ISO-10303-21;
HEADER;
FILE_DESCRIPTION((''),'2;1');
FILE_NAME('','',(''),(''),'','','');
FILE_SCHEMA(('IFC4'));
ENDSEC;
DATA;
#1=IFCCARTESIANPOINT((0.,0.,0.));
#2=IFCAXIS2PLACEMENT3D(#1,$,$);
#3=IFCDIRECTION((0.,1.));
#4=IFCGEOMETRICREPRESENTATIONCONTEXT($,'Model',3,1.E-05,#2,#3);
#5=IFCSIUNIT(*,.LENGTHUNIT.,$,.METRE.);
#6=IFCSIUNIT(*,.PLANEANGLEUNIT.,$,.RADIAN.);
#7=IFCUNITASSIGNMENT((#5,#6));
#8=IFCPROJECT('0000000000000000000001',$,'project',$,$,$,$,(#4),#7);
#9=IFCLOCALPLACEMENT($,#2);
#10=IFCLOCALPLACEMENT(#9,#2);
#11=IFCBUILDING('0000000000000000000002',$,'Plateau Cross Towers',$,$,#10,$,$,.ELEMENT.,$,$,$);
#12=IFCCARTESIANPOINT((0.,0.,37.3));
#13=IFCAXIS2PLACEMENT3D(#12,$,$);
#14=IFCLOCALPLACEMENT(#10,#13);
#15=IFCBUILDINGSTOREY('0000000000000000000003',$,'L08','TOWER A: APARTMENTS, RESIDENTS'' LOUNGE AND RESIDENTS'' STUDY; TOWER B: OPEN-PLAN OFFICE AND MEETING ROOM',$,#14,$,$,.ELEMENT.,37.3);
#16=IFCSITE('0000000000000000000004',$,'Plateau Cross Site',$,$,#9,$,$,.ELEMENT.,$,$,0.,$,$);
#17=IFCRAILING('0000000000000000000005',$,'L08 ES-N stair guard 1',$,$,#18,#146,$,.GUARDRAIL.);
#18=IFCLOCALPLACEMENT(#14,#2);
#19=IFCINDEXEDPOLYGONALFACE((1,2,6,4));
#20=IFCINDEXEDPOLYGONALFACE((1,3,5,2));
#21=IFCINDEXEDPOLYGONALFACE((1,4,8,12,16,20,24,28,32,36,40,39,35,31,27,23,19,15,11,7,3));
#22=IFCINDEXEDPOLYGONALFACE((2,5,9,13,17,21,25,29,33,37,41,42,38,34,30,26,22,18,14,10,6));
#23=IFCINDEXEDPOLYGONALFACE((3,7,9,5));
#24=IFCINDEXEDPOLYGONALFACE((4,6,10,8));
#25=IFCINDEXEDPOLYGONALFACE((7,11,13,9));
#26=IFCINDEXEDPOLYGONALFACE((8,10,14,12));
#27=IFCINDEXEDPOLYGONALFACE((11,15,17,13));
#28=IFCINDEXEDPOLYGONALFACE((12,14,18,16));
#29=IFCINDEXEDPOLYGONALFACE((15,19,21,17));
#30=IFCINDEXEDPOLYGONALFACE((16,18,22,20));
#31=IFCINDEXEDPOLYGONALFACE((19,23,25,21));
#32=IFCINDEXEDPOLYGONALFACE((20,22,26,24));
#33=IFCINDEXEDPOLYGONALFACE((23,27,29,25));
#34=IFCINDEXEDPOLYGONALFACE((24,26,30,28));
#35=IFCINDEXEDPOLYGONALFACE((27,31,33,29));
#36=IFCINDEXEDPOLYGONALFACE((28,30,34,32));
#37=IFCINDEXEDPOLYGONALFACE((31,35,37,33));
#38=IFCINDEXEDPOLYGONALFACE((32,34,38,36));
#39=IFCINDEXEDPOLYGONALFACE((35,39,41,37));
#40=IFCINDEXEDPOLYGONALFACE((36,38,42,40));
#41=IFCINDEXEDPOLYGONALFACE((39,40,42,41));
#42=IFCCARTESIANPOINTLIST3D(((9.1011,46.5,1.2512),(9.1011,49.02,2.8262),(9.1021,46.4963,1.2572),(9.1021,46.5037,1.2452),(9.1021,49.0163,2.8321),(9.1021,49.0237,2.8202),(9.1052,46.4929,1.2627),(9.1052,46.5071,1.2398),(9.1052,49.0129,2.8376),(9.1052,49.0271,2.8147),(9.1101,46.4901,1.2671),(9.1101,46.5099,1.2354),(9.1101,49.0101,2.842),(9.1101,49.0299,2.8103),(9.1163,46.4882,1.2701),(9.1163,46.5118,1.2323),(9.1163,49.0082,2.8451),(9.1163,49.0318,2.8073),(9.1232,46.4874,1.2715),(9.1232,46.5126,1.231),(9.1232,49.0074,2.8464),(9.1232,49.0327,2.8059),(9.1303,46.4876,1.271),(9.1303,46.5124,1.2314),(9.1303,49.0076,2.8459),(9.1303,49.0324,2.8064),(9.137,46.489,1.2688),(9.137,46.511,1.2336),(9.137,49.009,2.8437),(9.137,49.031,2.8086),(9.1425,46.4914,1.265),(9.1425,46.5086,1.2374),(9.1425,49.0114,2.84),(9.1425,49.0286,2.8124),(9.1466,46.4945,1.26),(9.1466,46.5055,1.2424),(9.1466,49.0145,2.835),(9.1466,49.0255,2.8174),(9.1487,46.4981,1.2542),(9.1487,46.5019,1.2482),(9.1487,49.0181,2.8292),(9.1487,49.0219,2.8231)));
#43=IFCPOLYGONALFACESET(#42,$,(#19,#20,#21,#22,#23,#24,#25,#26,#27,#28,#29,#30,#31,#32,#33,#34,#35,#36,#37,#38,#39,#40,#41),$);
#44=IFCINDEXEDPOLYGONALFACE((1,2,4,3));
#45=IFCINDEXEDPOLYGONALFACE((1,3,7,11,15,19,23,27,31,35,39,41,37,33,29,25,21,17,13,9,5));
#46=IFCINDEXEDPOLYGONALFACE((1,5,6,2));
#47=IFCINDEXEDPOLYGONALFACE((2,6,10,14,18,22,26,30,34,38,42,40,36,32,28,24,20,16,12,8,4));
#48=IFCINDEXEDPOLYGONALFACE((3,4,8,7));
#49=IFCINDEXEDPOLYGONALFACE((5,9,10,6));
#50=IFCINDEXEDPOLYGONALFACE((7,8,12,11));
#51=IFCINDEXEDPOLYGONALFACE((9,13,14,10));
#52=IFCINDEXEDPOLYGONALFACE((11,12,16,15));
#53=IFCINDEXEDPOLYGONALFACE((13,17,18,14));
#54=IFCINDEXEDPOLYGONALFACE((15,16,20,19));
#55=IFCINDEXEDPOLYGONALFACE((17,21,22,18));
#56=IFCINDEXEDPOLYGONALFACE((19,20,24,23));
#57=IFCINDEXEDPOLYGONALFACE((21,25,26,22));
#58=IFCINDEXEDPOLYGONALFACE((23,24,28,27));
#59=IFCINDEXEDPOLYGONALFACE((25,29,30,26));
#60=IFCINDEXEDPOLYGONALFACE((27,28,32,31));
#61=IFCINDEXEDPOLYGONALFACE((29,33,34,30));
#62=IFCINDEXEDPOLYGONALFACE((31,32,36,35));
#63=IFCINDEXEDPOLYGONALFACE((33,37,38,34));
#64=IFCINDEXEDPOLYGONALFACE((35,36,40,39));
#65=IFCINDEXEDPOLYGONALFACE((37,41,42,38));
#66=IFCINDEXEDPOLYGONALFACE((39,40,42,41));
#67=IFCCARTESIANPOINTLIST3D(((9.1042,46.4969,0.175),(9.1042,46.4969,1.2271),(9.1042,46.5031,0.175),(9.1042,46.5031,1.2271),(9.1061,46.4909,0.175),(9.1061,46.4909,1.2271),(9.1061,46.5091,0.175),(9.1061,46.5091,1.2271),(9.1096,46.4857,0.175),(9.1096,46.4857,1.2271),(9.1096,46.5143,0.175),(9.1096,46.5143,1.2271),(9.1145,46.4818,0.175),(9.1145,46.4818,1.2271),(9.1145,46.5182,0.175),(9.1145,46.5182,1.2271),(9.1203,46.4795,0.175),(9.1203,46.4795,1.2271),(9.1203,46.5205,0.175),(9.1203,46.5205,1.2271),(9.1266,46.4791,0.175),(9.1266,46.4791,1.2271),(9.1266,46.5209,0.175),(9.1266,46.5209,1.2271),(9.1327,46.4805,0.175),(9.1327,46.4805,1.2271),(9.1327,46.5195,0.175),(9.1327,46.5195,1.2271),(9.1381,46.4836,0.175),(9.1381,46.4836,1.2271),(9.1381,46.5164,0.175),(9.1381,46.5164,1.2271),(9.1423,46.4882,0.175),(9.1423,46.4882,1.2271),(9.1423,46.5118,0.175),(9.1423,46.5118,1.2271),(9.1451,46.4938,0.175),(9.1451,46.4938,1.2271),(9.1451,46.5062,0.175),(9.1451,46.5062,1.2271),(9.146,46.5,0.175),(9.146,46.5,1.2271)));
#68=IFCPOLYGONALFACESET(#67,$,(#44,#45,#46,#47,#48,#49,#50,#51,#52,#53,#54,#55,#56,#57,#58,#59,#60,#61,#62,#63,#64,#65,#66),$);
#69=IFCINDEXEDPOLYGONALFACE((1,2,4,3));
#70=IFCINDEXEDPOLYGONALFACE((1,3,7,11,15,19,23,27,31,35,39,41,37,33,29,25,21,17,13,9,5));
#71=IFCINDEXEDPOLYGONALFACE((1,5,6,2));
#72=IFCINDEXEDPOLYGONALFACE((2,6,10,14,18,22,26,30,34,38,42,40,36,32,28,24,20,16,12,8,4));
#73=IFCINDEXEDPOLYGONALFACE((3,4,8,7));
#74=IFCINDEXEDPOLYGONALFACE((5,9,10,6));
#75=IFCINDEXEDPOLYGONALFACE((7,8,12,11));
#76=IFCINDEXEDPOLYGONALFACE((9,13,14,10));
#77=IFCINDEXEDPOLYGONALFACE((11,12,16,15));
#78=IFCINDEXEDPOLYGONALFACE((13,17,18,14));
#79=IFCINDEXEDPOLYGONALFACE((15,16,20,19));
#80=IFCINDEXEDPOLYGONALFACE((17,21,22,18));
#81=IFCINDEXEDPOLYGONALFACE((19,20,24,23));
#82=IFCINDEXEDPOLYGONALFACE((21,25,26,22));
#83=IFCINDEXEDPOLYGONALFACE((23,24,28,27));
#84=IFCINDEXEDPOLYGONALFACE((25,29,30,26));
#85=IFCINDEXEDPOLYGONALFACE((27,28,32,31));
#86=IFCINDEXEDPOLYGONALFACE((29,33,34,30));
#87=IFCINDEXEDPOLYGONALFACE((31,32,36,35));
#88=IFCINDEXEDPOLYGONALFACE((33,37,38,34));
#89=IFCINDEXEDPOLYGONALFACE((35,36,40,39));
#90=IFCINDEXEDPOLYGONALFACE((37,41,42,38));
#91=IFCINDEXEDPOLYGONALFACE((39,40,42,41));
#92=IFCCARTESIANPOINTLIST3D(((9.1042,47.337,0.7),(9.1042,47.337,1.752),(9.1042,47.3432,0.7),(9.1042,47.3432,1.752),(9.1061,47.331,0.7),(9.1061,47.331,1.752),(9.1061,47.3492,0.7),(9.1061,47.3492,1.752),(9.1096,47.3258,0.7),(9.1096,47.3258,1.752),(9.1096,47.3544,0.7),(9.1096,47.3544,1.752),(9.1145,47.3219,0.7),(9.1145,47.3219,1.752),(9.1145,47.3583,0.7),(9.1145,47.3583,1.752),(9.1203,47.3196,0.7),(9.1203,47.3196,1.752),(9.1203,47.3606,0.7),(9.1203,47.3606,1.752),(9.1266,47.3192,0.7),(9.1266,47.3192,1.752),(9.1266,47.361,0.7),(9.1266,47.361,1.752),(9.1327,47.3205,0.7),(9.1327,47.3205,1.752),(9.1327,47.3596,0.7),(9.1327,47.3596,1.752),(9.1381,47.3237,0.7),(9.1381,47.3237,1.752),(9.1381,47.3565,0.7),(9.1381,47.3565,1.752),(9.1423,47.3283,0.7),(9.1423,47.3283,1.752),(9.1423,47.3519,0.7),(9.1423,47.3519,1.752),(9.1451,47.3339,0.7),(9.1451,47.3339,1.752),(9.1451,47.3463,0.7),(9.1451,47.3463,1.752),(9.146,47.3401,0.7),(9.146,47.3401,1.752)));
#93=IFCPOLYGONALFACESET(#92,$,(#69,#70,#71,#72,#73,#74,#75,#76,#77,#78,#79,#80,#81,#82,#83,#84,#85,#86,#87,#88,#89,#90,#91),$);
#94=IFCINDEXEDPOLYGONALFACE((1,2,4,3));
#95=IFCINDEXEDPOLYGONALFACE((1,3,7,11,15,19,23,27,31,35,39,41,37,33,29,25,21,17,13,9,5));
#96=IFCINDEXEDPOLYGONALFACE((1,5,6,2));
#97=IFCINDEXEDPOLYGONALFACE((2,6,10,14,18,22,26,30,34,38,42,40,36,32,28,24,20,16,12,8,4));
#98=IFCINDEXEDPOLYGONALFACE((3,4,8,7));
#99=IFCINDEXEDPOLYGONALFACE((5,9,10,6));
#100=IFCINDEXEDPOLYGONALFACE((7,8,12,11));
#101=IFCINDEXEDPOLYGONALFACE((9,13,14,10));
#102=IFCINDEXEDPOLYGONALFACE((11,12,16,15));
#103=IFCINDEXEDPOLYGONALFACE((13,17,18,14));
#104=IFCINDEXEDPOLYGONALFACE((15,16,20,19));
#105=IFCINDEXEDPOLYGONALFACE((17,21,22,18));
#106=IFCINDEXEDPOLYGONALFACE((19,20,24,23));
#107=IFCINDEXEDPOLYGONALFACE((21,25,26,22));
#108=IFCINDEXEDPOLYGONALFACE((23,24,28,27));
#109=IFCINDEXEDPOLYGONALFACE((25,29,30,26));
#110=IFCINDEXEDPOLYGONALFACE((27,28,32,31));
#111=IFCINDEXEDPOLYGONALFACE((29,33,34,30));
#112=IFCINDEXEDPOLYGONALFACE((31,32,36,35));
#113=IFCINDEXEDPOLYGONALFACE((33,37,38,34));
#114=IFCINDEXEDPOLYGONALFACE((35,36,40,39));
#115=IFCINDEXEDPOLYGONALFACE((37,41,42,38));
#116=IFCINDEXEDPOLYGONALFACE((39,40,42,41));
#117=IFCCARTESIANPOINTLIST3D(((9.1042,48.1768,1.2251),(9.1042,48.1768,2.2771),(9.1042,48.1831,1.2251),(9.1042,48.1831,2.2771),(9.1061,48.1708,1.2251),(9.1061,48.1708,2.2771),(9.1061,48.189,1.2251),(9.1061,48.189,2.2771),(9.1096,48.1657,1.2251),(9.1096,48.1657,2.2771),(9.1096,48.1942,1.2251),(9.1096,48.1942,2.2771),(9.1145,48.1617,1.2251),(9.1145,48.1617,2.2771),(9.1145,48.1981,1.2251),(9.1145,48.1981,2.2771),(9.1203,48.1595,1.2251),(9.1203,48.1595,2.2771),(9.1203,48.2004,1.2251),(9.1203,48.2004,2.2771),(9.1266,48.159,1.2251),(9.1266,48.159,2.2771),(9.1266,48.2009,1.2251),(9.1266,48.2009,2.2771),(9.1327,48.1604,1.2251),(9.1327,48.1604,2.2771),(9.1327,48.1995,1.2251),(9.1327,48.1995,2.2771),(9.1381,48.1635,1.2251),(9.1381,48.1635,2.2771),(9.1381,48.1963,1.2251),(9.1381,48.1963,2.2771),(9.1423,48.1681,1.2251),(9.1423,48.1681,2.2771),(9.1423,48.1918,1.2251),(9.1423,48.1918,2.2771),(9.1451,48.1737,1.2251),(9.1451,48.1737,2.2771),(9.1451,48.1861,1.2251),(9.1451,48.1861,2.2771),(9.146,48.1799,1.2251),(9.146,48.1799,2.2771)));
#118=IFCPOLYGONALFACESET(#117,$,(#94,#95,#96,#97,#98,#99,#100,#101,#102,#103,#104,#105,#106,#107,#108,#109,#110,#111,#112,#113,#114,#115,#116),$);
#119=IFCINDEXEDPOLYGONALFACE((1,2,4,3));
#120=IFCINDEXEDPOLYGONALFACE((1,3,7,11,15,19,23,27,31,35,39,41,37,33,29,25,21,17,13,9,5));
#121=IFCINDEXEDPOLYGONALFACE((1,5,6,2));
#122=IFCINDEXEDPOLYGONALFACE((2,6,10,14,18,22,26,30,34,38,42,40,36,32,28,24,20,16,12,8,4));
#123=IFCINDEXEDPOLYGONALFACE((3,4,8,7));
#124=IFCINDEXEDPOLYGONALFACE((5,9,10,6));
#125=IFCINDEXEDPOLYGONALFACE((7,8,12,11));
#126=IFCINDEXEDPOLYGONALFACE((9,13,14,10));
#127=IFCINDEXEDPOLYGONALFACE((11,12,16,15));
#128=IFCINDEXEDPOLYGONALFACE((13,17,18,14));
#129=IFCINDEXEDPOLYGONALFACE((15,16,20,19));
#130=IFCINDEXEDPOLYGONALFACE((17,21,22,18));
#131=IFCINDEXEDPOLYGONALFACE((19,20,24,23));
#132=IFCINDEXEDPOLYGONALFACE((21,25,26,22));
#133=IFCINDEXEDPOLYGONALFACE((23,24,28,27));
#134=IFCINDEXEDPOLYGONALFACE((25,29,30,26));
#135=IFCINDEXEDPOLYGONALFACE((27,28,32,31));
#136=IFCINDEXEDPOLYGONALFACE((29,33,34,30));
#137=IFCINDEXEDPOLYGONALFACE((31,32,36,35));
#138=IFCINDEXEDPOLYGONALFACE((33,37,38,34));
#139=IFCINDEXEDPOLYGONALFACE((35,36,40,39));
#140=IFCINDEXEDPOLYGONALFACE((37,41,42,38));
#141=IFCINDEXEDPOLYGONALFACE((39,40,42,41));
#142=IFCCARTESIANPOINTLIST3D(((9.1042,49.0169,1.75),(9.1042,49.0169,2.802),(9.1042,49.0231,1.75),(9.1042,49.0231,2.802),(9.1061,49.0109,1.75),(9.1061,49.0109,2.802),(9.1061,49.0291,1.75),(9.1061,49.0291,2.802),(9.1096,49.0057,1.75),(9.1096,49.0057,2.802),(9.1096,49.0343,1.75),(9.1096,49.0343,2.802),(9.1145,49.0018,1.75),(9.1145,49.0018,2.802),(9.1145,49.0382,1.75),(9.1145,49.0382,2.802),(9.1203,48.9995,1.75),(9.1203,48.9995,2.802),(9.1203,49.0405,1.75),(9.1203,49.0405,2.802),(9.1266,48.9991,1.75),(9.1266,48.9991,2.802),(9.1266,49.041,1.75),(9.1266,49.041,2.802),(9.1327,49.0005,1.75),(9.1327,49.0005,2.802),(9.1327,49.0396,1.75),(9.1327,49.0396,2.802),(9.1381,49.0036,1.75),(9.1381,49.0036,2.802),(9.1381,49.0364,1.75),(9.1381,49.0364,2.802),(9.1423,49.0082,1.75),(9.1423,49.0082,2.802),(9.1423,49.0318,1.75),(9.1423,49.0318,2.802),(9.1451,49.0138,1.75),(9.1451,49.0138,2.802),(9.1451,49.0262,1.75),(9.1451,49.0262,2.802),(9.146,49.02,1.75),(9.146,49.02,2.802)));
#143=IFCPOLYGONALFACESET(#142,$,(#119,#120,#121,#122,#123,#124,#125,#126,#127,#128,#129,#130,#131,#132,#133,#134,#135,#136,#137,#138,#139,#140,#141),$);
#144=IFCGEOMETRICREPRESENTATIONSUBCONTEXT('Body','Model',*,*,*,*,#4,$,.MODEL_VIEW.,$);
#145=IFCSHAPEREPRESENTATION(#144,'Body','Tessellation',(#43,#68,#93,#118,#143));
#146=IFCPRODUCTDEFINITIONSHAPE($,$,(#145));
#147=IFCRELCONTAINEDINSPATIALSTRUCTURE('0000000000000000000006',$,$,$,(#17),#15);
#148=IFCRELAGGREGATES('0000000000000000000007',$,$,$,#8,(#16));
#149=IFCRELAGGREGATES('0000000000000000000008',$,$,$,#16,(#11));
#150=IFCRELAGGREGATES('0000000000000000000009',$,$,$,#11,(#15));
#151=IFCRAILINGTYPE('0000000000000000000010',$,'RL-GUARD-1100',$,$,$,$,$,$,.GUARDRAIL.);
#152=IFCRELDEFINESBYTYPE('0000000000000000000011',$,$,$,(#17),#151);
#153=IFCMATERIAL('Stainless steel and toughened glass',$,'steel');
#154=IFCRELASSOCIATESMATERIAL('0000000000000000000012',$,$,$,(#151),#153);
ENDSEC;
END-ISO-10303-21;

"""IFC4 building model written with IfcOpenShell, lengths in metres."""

from ifc_helpers import new_model, si_unit, direction, frame, origin, origin_2d, place, context, subcontext, project, spatial, circle, extrude, material, type_object, element, save


model = new_model("IFC4")

# Units and contexts
model_context = context("Model", 3, precision=1e-05, world=origin(), true_north=direction((0.0, 1.0)))
body_context = subcontext(model_context, "Body", "Model", "MODEL_VIEW")
ifc_project = project(units=[si_unit("LENGTHUNIT", "METRE"), si_unit("PLANEANGLEUNIT", "RADIAN")], contexts=[model_context])

# Site, building, storey
site_placement = place(None, origin())
site = spatial("IfcSite", under=ifc_project, at=site_placement, Name="Plateau Cross Site", CompositionType="ELEMENT", RefElevation=0.0)
building_placement = place(site_placement, origin())
building = spatial("IfcBuilding", under=site, at=building_placement, Name="Plateau Cross Towers", CompositionType="ELEMENT")
storey_placement = place(building_placement, frame((0.0, 0.0, 37.3)))
storey = spatial("IfcBuildingStorey", under=building, at=storey_placement, Name="L08", Description="TOWER A: APARTMENTS, RESIDENTS' LOUNGE AND RESIDENTS' STUDY; TOWER B: OPEN-PLAN OFFICE AND MEETING ROOM", CompositionType="ELEMENT", Elevation=37.3)

# Railing
ifc_material_1 = material(Name="Stainless steel and toughened glass", Category="steel")
railing_type_1 = type_object("IfcRailingType", Name="RL-GUARD-1100", PredefinedType="GUARDRAIL", material=ifc_material_1)
railing_1_placement = place(storey_placement, frame((9.125, 46.5, 0.175)))
element("IfcRailing", 1, at=railing_1_placement, inside=storey, type_object=railing_type_1, Name="L08 ES-N stair guard 1", PredefinedType="GUARDRAIL", context=body_context, shape_type="SweptSolid", body=[
    extrude(circle(Radius=0.0239, at=origin_2d()), frame((0.0, 0.0, 1.0762), z_axis=(0.0, 0.848008, 0.529984), x_axis=(-1.0, 0.0, 0.0)), (0.0, 0.0, 1.0), 2.9717),
    extrude(circle(Radius=0.021, at=origin_2d()), origin(), (0.0, 0.0, 1.0), 1.052),
    extrude(circle(Radius=0.021, at=origin_2d()), frame((0.0, 0.8401, 0.5249)), (0.0, 0.0, 1.0), 1.052),
    extrude(circle(Radius=0.021, at=origin_2d()), frame((0.0, 1.6799, 1.05)), (0.0, 0.0, 1.0), 1.052),
    extrude(circle(Radius=0.021, at=origin_2d()), frame((0.0, 2.52, 1.575)), (0.0, 0.0, 1.0), 1.052),
])

save(model, "model.ifc")
